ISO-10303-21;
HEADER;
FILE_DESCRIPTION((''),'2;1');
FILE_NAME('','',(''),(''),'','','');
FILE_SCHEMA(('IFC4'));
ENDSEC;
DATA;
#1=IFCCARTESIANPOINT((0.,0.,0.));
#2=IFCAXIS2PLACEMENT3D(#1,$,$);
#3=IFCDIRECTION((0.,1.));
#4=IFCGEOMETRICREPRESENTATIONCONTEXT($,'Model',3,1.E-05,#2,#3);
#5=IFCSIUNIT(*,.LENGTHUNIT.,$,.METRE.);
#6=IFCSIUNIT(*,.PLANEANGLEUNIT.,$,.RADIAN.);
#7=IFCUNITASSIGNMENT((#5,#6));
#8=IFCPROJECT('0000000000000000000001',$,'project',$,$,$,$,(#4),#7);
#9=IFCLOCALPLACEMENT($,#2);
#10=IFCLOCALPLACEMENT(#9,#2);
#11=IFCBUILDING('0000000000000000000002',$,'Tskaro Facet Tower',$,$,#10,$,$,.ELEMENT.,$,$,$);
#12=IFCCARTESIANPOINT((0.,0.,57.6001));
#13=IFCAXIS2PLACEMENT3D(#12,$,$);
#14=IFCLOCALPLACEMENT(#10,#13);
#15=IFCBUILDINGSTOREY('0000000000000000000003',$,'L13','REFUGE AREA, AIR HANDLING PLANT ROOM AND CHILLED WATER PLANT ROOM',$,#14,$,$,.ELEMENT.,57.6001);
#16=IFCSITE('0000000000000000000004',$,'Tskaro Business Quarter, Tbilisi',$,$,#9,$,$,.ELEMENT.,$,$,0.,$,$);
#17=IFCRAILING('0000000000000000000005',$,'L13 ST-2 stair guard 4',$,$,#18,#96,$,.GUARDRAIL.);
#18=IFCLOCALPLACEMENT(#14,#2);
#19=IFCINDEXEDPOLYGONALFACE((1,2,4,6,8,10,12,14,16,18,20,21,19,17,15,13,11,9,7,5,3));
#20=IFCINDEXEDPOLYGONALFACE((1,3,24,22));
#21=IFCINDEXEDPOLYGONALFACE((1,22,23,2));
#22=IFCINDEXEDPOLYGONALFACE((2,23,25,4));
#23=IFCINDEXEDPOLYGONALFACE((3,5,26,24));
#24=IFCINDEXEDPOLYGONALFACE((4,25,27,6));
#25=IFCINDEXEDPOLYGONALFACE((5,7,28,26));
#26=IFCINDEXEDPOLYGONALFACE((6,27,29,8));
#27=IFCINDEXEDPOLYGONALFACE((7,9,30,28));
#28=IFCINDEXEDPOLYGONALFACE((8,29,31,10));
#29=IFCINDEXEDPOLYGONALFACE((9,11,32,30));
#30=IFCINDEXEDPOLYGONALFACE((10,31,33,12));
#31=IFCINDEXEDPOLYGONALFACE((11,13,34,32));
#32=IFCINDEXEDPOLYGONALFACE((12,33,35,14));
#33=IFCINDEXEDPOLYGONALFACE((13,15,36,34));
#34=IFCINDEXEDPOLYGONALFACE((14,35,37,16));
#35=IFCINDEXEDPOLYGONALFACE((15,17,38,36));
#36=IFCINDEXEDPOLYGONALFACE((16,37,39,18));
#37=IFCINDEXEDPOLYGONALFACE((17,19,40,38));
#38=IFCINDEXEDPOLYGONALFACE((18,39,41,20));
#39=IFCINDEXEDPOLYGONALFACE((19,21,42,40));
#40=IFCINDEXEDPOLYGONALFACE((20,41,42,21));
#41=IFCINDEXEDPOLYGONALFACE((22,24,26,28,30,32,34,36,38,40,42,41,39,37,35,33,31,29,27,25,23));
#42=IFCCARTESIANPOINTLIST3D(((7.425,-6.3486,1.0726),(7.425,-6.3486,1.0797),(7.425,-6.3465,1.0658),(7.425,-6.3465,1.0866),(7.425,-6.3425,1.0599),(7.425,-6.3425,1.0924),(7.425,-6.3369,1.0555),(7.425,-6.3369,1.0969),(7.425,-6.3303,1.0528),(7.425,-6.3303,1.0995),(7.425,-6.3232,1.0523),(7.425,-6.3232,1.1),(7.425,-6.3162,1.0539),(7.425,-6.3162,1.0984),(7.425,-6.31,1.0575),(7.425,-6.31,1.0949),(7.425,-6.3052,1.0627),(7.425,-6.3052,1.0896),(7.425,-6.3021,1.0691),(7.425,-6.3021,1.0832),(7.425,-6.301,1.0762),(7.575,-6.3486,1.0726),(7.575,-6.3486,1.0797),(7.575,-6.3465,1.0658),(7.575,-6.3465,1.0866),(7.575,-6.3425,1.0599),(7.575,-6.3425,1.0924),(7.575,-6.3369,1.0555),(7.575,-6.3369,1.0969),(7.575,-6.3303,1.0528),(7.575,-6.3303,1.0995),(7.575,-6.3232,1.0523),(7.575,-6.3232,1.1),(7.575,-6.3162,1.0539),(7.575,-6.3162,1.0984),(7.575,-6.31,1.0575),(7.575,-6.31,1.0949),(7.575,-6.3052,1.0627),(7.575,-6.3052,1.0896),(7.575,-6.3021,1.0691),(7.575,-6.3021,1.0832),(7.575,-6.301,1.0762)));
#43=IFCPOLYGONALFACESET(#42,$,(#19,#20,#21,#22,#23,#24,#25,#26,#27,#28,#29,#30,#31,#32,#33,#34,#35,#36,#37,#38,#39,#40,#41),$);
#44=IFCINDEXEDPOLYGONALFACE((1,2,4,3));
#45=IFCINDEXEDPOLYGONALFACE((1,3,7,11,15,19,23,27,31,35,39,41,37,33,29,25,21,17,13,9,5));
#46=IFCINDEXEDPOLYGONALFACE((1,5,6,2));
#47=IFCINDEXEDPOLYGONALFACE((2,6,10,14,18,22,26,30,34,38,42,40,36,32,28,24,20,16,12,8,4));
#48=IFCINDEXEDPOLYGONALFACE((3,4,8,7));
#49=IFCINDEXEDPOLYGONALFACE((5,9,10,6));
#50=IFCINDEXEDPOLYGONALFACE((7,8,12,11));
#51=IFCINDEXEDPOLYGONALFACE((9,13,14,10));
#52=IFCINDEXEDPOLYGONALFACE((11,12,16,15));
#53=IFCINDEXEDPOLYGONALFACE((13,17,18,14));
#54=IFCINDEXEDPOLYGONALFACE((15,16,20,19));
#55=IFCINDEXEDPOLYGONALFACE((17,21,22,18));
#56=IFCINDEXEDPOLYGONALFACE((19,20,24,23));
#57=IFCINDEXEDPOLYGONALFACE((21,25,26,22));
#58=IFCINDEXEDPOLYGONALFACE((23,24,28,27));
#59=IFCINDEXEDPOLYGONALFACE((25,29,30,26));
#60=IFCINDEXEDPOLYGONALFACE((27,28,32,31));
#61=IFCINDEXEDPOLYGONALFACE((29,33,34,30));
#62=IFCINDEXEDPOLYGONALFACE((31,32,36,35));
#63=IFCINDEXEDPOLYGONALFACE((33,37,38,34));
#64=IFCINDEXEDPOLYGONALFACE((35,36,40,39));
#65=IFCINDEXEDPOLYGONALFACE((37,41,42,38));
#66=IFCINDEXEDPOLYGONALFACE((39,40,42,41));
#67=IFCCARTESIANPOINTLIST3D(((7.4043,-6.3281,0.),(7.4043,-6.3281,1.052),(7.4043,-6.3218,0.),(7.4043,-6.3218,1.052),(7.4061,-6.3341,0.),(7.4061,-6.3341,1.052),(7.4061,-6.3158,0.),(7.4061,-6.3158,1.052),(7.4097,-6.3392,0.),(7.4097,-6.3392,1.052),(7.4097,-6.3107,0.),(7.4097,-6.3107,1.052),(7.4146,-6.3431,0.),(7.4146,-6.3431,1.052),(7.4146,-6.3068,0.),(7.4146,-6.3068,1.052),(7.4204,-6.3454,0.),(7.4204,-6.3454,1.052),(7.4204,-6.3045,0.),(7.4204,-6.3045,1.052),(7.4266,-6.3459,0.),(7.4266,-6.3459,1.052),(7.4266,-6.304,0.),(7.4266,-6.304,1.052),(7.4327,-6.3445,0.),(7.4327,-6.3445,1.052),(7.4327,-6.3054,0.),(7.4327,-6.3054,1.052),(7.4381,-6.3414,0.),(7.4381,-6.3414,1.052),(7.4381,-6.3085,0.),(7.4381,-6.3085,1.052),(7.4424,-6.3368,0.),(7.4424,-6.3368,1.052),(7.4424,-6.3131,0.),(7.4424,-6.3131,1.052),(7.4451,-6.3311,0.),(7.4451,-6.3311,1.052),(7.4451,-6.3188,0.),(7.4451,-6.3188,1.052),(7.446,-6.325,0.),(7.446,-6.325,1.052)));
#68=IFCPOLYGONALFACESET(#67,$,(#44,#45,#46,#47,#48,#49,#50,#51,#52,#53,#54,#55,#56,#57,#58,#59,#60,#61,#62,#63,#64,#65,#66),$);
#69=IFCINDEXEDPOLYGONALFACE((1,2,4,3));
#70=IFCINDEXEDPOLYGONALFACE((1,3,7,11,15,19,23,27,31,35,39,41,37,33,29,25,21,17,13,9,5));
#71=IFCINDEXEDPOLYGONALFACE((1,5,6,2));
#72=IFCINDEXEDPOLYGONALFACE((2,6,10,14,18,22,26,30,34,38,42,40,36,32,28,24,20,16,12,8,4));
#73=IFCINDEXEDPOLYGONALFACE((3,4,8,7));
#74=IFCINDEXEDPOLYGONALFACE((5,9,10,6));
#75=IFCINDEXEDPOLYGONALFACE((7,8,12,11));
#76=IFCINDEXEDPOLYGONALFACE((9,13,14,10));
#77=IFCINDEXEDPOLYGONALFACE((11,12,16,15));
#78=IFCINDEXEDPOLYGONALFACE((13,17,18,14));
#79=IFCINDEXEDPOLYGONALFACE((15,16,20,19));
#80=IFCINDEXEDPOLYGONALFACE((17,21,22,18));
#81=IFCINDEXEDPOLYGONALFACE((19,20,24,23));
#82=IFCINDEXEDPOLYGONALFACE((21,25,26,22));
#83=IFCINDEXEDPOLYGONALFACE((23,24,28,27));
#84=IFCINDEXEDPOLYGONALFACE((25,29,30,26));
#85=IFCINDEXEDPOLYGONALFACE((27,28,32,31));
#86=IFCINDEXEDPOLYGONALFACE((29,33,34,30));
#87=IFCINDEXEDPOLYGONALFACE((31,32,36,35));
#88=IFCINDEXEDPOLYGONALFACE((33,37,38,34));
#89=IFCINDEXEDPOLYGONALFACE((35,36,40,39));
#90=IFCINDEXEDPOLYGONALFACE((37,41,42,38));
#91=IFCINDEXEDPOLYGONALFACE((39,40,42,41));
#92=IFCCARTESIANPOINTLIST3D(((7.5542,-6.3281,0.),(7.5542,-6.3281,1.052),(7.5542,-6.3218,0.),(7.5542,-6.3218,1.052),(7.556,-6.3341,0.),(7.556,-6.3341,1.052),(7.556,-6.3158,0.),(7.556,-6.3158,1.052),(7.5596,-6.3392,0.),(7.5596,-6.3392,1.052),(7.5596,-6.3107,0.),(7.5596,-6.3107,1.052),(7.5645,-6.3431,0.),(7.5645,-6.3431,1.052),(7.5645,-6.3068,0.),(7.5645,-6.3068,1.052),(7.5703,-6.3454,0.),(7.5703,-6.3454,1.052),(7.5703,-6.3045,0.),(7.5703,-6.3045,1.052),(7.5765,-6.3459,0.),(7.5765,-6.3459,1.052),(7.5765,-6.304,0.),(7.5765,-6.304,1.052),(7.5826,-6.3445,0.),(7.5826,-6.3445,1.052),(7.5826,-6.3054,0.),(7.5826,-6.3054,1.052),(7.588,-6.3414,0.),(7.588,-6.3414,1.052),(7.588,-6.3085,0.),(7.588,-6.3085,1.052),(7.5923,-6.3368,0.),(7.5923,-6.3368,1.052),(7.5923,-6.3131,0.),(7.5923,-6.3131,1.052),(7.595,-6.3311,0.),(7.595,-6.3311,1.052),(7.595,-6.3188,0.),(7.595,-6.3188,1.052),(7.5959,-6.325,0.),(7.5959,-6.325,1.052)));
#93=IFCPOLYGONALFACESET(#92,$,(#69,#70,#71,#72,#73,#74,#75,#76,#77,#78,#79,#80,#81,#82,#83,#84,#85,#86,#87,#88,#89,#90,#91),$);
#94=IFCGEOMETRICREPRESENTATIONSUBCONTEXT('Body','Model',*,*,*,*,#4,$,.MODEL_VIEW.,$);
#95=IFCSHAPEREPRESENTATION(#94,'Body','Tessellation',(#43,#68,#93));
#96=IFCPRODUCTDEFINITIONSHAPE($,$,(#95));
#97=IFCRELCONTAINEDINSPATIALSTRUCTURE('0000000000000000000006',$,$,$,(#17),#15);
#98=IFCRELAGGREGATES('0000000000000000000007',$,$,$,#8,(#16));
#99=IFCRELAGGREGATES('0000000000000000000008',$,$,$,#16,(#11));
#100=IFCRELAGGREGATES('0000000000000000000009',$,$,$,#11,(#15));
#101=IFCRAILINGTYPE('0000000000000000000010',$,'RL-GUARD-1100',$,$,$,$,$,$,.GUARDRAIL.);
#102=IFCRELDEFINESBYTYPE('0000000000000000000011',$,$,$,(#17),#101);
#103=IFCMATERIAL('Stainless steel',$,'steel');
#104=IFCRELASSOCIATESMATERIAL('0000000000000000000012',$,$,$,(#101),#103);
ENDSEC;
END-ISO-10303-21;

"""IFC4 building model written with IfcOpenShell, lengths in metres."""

from ifc_helpers import new_model, si_unit, direction, frame, origin, origin_2d, place, context, subcontext, project, spatial, circle, extrude, material, type_object, element, save


model = new_model("IFC4")

# Units and contexts
model_context = context("Model", 3, precision=1e-05, world=origin(), true_north=direction((0.0, 1.0)))
body_context = subcontext(model_context, "Body", "Model", "MODEL_VIEW")
ifc_project = project(units=[si_unit("LENGTHUNIT", "METRE"), si_unit("PLANEANGLEUNIT", "RADIAN")], contexts=[model_context])

# Site, building, storey
site_placement = place(None, origin())
site = spatial("IfcSite", under=ifc_project, at=site_placement, Name="Tskaro Business Quarter, Tbilisi", CompositionType="ELEMENT", RefElevation=0.0)
building_placement = place(site_placement, origin())
building = spatial("IfcBuilding", under=site, at=building_placement, Name="Tskaro Facet Tower", CompositionType="ELEMENT")
storey_placement = place(building_placement, frame((0.0, 0.0, 57.6001)))
storey = spatial("IfcBuildingStorey", under=building, at=storey_placement, Name="L13", Description="REFUGE AREA, AIR HANDLING PLANT ROOM AND CHILLED WATER PLANT ROOM", CompositionType="ELEMENT", Elevation=57.6001)

# Railing
ifc_material_1 = material(Name="Stainless steel", Category="steel")
railing_type_1 = type_object("IfcRailingType", Name="RL-GUARD-1100", PredefinedType="GUARDRAIL", material=ifc_material_1)
railing_1_placement = place(storey_placement, frame((7.425, -6.325, 0.0)))
element("IfcRailing", 1, at=railing_1_placement, inside=storey, type_object=railing_type_1, Name="L13 ST-2 stair guard 4", PredefinedType="GUARDRAIL", context=body_context, shape_type="SweptSolid", body=[
    extrude(circle(Radius=0.0239, at=origin_2d()), frame((0.0, 0.0, 1.0762), z_axis=(1.0, 0.0, 0.0), x_axis=(0.0, 1.0, 0.0)), (0.0, 0.0, 1.0), 0.1499),
    extrude(circle(Radius=0.021, at=origin_2d()), origin(), (0.0, 0.0, 1.0), 1.052),
    extrude(circle(Radius=0.021, at=origin_2d()), frame((0.1499, 0.0, 0.0)), (0.0, 0.0, 1.0), 1.052),
])

save(model, "model.ifc")
